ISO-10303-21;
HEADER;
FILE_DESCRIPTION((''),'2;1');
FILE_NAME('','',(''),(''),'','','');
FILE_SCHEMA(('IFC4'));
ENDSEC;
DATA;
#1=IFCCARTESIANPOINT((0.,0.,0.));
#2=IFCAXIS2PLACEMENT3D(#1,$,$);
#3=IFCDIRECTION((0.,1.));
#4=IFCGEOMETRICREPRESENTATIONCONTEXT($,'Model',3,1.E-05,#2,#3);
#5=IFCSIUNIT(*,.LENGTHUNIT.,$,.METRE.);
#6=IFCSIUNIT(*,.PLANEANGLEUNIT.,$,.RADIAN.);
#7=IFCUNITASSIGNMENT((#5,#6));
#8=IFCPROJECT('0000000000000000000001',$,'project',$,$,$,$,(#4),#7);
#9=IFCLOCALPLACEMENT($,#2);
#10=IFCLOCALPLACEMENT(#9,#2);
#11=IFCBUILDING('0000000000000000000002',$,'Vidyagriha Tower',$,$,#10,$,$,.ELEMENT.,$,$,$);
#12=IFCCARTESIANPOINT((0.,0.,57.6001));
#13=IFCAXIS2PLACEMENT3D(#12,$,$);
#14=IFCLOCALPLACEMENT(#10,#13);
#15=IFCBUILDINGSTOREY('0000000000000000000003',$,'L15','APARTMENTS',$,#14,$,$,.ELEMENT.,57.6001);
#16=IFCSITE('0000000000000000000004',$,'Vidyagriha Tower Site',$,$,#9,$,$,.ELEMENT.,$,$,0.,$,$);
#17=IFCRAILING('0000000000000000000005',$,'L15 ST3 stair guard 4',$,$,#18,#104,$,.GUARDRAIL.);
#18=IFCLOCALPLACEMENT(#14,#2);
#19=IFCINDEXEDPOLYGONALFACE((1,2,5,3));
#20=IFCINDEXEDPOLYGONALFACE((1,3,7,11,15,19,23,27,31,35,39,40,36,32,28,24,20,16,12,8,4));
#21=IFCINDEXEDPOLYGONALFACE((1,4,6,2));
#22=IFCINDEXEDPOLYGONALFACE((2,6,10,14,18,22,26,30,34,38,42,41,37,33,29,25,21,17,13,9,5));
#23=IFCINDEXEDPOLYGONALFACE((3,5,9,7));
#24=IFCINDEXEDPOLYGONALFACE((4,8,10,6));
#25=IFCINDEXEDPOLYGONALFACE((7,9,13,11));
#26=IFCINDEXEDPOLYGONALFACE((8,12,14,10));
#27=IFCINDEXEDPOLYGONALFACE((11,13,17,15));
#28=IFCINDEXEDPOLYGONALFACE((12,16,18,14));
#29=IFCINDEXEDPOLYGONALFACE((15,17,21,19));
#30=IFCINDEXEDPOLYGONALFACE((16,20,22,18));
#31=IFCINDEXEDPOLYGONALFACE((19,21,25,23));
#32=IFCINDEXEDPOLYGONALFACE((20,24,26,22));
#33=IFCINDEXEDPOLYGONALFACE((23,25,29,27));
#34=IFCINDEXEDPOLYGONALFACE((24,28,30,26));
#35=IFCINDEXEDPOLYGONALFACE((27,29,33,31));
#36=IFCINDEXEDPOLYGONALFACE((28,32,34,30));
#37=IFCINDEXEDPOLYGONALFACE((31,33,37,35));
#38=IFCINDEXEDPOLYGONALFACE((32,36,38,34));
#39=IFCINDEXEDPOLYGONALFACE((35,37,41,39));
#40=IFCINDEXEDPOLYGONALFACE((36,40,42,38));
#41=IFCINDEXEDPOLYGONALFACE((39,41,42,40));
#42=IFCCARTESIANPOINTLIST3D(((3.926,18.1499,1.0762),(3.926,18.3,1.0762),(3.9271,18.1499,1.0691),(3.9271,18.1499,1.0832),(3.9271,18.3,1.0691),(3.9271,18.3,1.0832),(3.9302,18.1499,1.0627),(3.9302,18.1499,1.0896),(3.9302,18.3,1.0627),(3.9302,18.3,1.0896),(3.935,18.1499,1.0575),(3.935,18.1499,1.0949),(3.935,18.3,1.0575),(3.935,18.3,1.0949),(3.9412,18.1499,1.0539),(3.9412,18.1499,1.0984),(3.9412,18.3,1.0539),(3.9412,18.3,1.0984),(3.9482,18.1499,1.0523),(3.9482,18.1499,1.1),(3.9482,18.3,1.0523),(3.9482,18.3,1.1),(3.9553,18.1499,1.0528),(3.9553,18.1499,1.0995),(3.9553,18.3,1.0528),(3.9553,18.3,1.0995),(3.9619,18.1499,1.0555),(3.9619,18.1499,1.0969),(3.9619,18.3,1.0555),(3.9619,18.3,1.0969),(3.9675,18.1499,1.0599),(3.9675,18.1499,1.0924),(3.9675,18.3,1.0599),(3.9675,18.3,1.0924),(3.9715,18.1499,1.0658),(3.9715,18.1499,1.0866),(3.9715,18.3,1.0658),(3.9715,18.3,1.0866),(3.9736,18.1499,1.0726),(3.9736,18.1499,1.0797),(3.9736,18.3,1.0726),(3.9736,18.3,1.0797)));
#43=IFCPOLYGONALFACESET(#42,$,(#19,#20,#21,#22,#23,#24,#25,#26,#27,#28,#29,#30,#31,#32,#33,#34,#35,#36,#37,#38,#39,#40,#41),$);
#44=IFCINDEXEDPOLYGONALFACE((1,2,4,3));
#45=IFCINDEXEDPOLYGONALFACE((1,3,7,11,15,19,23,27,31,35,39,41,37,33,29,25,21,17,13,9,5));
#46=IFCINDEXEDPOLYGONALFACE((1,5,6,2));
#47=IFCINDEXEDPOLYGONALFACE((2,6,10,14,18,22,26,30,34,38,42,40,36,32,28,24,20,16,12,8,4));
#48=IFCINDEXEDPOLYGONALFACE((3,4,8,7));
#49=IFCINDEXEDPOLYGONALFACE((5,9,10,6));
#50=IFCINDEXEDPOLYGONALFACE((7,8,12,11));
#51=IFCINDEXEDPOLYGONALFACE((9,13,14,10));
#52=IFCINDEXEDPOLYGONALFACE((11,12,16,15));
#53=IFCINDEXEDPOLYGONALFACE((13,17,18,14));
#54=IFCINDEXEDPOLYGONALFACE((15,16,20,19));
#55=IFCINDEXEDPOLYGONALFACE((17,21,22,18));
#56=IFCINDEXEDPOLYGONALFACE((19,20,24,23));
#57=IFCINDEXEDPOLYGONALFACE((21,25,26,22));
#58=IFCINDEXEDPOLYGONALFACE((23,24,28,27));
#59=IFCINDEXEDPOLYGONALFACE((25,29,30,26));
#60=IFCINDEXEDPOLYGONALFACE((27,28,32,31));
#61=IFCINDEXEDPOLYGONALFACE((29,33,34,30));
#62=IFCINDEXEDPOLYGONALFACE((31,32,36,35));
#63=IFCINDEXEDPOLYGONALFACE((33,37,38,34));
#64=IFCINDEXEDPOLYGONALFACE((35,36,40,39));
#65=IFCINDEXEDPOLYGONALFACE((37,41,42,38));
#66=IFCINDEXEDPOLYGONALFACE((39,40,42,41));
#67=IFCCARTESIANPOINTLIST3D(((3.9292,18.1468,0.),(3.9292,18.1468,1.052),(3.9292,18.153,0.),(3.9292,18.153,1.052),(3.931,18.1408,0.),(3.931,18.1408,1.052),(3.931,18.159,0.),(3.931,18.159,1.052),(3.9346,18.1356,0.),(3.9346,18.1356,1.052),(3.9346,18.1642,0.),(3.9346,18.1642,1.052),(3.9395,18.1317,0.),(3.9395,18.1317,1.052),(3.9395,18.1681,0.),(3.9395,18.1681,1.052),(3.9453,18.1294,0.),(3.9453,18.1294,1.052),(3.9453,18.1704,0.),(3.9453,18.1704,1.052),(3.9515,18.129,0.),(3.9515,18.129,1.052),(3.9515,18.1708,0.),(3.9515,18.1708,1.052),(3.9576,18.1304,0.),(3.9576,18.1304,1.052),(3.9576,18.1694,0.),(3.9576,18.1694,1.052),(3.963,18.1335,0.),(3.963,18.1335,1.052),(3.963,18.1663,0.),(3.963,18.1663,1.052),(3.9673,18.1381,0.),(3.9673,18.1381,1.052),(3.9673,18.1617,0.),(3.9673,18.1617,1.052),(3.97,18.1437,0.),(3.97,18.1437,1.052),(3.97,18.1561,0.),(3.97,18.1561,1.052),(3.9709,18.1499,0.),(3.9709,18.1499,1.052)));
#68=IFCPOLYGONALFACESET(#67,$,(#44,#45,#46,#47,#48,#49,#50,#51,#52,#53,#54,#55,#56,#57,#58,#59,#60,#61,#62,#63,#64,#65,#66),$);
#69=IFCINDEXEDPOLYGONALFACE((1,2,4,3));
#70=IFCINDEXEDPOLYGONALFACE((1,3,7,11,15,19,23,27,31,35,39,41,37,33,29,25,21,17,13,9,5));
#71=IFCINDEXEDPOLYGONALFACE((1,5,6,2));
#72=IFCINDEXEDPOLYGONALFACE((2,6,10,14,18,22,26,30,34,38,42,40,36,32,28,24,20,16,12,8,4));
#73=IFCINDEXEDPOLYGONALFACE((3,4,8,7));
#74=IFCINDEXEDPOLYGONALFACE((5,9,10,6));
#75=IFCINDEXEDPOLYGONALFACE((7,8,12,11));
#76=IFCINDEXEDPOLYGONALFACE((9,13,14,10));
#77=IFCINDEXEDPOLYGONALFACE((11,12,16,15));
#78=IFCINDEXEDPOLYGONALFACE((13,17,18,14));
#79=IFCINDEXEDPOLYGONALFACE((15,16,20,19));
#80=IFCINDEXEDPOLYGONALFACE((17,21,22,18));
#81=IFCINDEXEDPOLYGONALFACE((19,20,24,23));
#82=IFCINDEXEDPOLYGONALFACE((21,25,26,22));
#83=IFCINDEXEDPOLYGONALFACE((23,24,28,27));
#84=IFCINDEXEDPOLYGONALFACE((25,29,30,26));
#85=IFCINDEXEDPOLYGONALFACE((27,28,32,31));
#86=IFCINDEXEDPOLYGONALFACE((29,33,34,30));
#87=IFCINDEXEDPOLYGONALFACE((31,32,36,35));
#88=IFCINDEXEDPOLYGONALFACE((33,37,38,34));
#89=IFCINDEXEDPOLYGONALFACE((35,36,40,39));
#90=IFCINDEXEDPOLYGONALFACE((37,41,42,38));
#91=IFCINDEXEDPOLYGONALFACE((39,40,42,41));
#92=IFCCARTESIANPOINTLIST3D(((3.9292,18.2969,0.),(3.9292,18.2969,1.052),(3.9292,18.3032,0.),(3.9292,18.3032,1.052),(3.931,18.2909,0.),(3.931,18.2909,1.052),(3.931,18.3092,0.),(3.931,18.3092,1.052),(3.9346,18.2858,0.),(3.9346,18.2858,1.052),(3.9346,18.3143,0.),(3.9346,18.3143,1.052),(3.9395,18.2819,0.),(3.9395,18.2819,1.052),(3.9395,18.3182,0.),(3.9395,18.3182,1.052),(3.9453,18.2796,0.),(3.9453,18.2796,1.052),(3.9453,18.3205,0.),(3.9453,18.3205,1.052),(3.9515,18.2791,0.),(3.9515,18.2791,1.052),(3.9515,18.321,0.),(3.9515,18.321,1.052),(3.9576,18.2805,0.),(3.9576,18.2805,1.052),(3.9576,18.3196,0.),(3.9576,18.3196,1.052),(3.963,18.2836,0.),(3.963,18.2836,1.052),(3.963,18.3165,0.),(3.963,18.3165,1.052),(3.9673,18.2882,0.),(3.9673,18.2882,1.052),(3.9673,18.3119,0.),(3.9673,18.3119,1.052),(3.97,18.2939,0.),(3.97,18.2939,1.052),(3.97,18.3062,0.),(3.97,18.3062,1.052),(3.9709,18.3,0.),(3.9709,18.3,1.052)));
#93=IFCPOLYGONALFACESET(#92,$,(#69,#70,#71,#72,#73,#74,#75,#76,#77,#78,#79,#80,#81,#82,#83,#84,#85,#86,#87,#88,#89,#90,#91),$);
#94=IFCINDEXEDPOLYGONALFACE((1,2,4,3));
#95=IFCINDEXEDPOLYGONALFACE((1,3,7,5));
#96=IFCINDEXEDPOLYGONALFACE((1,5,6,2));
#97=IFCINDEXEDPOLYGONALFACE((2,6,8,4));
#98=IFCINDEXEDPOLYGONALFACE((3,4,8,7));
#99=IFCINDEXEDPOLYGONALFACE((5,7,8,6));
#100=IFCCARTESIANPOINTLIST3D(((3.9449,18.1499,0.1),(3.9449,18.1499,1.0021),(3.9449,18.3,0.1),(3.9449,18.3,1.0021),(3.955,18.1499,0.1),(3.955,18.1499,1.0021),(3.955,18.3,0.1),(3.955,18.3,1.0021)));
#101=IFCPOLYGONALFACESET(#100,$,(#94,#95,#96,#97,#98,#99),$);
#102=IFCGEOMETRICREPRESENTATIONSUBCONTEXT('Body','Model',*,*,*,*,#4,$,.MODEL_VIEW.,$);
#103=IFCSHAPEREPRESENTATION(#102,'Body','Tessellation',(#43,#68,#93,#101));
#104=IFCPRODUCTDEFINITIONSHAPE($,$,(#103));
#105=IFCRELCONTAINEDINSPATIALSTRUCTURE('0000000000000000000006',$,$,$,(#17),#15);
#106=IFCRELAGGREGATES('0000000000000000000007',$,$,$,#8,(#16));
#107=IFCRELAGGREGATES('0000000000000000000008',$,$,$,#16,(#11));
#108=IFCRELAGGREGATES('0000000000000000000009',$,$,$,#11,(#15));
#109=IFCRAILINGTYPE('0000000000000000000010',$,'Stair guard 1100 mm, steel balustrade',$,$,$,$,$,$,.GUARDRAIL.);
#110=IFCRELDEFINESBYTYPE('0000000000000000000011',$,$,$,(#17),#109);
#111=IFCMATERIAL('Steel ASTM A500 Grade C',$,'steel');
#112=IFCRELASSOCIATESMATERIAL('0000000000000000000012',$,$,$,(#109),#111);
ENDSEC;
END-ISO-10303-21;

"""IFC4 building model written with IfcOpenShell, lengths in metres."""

from ifc_helpers import new_model, si_unit, direction, frame, origin, origin_2d, place, context, subcontext, project, spatial, rectangle, circle, extrude, material, type_object, element, save


model = new_model("IFC4")

# Units and contexts
model_context = context("Model", 3, precision=1e-05, world=origin(), true_north=direction((0.0, 1.0)))
body_context = subcontext(model_context, "Body", "Model", "MODEL_VIEW")
ifc_project = project(units=[si_unit("LENGTHUNIT", "METRE"), si_unit("PLANEANGLEUNIT", "RADIAN")], contexts=[model_context])

# Site, building, storey
site_placement = place(None, origin())
site = spatial("IfcSite", under=ifc_project, at=site_placement, Name="Vidyagriha Tower Site", CompositionType="ELEMENT", RefElevation=0.0)
building_placement = place(site_placement, origin())
building = spatial("IfcBuilding", under=site, at=building_placement, Name="Vidyagriha Tower", CompositionType="ELEMENT")
storey_placement = place(building_placement, frame((0.0, 0.0, 57.6001)))
storey = spatial("IfcBuildingStorey", under=building, at=storey_placement, Name="L15", Description="APARTMENTS", CompositionType="ELEMENT", Elevation=57.6001)

# Railing
ifc_material_1 = material(Name="Steel ASTM A500 Grade C", Category="steel")
railing_type_1 = type_object("IfcRailingType", Name="Stair guard 1100 mm, steel balustrade", PredefinedType="GUARDRAIL", material=ifc_material_1)
railing_1_placement = place(storey_placement, frame((3.95, 18.1499, 0.0)))
element("IfcRailing", 1, at=railing_1_placement, inside=storey, type_object=railing_type_1, Name="L15 ST3 stair guard 4", PredefinedType="GUARDRAIL", context=body_context, shape_type="SweptSolid", body=[
    extrude(circle(Radius=0.0239, at=origin_2d()), frame((0.0, 0.0, 1.0762), z_axis=(0.0, 1.0, 0.0), x_axis=(-1.0, 0.0, 0.0)), (0.0, 0.0, 1.0), 0.1501),
    extrude(circle(Radius=0.021, at=origin_2d()), origin(), (0.0, 0.0, 1.0), 1.052),
    extrude(circle(Radius=0.021, at=origin_2d()), frame((0.0, 0.1501, 0.0)), (0.0, 0.0, 1.0), 1.052),
    extrude(rectangle(XDim=0.01, YDim=0.9021, at=origin_2d()), frame((0.0, 0.0, 0.551), z_axis=(0.0, 1.0, 0.0), x_axis=(-1.0, 0.0, 0.0)), (0.0, 0.0, 1.0), 0.1501),
])

save(model, "model.ifc")
